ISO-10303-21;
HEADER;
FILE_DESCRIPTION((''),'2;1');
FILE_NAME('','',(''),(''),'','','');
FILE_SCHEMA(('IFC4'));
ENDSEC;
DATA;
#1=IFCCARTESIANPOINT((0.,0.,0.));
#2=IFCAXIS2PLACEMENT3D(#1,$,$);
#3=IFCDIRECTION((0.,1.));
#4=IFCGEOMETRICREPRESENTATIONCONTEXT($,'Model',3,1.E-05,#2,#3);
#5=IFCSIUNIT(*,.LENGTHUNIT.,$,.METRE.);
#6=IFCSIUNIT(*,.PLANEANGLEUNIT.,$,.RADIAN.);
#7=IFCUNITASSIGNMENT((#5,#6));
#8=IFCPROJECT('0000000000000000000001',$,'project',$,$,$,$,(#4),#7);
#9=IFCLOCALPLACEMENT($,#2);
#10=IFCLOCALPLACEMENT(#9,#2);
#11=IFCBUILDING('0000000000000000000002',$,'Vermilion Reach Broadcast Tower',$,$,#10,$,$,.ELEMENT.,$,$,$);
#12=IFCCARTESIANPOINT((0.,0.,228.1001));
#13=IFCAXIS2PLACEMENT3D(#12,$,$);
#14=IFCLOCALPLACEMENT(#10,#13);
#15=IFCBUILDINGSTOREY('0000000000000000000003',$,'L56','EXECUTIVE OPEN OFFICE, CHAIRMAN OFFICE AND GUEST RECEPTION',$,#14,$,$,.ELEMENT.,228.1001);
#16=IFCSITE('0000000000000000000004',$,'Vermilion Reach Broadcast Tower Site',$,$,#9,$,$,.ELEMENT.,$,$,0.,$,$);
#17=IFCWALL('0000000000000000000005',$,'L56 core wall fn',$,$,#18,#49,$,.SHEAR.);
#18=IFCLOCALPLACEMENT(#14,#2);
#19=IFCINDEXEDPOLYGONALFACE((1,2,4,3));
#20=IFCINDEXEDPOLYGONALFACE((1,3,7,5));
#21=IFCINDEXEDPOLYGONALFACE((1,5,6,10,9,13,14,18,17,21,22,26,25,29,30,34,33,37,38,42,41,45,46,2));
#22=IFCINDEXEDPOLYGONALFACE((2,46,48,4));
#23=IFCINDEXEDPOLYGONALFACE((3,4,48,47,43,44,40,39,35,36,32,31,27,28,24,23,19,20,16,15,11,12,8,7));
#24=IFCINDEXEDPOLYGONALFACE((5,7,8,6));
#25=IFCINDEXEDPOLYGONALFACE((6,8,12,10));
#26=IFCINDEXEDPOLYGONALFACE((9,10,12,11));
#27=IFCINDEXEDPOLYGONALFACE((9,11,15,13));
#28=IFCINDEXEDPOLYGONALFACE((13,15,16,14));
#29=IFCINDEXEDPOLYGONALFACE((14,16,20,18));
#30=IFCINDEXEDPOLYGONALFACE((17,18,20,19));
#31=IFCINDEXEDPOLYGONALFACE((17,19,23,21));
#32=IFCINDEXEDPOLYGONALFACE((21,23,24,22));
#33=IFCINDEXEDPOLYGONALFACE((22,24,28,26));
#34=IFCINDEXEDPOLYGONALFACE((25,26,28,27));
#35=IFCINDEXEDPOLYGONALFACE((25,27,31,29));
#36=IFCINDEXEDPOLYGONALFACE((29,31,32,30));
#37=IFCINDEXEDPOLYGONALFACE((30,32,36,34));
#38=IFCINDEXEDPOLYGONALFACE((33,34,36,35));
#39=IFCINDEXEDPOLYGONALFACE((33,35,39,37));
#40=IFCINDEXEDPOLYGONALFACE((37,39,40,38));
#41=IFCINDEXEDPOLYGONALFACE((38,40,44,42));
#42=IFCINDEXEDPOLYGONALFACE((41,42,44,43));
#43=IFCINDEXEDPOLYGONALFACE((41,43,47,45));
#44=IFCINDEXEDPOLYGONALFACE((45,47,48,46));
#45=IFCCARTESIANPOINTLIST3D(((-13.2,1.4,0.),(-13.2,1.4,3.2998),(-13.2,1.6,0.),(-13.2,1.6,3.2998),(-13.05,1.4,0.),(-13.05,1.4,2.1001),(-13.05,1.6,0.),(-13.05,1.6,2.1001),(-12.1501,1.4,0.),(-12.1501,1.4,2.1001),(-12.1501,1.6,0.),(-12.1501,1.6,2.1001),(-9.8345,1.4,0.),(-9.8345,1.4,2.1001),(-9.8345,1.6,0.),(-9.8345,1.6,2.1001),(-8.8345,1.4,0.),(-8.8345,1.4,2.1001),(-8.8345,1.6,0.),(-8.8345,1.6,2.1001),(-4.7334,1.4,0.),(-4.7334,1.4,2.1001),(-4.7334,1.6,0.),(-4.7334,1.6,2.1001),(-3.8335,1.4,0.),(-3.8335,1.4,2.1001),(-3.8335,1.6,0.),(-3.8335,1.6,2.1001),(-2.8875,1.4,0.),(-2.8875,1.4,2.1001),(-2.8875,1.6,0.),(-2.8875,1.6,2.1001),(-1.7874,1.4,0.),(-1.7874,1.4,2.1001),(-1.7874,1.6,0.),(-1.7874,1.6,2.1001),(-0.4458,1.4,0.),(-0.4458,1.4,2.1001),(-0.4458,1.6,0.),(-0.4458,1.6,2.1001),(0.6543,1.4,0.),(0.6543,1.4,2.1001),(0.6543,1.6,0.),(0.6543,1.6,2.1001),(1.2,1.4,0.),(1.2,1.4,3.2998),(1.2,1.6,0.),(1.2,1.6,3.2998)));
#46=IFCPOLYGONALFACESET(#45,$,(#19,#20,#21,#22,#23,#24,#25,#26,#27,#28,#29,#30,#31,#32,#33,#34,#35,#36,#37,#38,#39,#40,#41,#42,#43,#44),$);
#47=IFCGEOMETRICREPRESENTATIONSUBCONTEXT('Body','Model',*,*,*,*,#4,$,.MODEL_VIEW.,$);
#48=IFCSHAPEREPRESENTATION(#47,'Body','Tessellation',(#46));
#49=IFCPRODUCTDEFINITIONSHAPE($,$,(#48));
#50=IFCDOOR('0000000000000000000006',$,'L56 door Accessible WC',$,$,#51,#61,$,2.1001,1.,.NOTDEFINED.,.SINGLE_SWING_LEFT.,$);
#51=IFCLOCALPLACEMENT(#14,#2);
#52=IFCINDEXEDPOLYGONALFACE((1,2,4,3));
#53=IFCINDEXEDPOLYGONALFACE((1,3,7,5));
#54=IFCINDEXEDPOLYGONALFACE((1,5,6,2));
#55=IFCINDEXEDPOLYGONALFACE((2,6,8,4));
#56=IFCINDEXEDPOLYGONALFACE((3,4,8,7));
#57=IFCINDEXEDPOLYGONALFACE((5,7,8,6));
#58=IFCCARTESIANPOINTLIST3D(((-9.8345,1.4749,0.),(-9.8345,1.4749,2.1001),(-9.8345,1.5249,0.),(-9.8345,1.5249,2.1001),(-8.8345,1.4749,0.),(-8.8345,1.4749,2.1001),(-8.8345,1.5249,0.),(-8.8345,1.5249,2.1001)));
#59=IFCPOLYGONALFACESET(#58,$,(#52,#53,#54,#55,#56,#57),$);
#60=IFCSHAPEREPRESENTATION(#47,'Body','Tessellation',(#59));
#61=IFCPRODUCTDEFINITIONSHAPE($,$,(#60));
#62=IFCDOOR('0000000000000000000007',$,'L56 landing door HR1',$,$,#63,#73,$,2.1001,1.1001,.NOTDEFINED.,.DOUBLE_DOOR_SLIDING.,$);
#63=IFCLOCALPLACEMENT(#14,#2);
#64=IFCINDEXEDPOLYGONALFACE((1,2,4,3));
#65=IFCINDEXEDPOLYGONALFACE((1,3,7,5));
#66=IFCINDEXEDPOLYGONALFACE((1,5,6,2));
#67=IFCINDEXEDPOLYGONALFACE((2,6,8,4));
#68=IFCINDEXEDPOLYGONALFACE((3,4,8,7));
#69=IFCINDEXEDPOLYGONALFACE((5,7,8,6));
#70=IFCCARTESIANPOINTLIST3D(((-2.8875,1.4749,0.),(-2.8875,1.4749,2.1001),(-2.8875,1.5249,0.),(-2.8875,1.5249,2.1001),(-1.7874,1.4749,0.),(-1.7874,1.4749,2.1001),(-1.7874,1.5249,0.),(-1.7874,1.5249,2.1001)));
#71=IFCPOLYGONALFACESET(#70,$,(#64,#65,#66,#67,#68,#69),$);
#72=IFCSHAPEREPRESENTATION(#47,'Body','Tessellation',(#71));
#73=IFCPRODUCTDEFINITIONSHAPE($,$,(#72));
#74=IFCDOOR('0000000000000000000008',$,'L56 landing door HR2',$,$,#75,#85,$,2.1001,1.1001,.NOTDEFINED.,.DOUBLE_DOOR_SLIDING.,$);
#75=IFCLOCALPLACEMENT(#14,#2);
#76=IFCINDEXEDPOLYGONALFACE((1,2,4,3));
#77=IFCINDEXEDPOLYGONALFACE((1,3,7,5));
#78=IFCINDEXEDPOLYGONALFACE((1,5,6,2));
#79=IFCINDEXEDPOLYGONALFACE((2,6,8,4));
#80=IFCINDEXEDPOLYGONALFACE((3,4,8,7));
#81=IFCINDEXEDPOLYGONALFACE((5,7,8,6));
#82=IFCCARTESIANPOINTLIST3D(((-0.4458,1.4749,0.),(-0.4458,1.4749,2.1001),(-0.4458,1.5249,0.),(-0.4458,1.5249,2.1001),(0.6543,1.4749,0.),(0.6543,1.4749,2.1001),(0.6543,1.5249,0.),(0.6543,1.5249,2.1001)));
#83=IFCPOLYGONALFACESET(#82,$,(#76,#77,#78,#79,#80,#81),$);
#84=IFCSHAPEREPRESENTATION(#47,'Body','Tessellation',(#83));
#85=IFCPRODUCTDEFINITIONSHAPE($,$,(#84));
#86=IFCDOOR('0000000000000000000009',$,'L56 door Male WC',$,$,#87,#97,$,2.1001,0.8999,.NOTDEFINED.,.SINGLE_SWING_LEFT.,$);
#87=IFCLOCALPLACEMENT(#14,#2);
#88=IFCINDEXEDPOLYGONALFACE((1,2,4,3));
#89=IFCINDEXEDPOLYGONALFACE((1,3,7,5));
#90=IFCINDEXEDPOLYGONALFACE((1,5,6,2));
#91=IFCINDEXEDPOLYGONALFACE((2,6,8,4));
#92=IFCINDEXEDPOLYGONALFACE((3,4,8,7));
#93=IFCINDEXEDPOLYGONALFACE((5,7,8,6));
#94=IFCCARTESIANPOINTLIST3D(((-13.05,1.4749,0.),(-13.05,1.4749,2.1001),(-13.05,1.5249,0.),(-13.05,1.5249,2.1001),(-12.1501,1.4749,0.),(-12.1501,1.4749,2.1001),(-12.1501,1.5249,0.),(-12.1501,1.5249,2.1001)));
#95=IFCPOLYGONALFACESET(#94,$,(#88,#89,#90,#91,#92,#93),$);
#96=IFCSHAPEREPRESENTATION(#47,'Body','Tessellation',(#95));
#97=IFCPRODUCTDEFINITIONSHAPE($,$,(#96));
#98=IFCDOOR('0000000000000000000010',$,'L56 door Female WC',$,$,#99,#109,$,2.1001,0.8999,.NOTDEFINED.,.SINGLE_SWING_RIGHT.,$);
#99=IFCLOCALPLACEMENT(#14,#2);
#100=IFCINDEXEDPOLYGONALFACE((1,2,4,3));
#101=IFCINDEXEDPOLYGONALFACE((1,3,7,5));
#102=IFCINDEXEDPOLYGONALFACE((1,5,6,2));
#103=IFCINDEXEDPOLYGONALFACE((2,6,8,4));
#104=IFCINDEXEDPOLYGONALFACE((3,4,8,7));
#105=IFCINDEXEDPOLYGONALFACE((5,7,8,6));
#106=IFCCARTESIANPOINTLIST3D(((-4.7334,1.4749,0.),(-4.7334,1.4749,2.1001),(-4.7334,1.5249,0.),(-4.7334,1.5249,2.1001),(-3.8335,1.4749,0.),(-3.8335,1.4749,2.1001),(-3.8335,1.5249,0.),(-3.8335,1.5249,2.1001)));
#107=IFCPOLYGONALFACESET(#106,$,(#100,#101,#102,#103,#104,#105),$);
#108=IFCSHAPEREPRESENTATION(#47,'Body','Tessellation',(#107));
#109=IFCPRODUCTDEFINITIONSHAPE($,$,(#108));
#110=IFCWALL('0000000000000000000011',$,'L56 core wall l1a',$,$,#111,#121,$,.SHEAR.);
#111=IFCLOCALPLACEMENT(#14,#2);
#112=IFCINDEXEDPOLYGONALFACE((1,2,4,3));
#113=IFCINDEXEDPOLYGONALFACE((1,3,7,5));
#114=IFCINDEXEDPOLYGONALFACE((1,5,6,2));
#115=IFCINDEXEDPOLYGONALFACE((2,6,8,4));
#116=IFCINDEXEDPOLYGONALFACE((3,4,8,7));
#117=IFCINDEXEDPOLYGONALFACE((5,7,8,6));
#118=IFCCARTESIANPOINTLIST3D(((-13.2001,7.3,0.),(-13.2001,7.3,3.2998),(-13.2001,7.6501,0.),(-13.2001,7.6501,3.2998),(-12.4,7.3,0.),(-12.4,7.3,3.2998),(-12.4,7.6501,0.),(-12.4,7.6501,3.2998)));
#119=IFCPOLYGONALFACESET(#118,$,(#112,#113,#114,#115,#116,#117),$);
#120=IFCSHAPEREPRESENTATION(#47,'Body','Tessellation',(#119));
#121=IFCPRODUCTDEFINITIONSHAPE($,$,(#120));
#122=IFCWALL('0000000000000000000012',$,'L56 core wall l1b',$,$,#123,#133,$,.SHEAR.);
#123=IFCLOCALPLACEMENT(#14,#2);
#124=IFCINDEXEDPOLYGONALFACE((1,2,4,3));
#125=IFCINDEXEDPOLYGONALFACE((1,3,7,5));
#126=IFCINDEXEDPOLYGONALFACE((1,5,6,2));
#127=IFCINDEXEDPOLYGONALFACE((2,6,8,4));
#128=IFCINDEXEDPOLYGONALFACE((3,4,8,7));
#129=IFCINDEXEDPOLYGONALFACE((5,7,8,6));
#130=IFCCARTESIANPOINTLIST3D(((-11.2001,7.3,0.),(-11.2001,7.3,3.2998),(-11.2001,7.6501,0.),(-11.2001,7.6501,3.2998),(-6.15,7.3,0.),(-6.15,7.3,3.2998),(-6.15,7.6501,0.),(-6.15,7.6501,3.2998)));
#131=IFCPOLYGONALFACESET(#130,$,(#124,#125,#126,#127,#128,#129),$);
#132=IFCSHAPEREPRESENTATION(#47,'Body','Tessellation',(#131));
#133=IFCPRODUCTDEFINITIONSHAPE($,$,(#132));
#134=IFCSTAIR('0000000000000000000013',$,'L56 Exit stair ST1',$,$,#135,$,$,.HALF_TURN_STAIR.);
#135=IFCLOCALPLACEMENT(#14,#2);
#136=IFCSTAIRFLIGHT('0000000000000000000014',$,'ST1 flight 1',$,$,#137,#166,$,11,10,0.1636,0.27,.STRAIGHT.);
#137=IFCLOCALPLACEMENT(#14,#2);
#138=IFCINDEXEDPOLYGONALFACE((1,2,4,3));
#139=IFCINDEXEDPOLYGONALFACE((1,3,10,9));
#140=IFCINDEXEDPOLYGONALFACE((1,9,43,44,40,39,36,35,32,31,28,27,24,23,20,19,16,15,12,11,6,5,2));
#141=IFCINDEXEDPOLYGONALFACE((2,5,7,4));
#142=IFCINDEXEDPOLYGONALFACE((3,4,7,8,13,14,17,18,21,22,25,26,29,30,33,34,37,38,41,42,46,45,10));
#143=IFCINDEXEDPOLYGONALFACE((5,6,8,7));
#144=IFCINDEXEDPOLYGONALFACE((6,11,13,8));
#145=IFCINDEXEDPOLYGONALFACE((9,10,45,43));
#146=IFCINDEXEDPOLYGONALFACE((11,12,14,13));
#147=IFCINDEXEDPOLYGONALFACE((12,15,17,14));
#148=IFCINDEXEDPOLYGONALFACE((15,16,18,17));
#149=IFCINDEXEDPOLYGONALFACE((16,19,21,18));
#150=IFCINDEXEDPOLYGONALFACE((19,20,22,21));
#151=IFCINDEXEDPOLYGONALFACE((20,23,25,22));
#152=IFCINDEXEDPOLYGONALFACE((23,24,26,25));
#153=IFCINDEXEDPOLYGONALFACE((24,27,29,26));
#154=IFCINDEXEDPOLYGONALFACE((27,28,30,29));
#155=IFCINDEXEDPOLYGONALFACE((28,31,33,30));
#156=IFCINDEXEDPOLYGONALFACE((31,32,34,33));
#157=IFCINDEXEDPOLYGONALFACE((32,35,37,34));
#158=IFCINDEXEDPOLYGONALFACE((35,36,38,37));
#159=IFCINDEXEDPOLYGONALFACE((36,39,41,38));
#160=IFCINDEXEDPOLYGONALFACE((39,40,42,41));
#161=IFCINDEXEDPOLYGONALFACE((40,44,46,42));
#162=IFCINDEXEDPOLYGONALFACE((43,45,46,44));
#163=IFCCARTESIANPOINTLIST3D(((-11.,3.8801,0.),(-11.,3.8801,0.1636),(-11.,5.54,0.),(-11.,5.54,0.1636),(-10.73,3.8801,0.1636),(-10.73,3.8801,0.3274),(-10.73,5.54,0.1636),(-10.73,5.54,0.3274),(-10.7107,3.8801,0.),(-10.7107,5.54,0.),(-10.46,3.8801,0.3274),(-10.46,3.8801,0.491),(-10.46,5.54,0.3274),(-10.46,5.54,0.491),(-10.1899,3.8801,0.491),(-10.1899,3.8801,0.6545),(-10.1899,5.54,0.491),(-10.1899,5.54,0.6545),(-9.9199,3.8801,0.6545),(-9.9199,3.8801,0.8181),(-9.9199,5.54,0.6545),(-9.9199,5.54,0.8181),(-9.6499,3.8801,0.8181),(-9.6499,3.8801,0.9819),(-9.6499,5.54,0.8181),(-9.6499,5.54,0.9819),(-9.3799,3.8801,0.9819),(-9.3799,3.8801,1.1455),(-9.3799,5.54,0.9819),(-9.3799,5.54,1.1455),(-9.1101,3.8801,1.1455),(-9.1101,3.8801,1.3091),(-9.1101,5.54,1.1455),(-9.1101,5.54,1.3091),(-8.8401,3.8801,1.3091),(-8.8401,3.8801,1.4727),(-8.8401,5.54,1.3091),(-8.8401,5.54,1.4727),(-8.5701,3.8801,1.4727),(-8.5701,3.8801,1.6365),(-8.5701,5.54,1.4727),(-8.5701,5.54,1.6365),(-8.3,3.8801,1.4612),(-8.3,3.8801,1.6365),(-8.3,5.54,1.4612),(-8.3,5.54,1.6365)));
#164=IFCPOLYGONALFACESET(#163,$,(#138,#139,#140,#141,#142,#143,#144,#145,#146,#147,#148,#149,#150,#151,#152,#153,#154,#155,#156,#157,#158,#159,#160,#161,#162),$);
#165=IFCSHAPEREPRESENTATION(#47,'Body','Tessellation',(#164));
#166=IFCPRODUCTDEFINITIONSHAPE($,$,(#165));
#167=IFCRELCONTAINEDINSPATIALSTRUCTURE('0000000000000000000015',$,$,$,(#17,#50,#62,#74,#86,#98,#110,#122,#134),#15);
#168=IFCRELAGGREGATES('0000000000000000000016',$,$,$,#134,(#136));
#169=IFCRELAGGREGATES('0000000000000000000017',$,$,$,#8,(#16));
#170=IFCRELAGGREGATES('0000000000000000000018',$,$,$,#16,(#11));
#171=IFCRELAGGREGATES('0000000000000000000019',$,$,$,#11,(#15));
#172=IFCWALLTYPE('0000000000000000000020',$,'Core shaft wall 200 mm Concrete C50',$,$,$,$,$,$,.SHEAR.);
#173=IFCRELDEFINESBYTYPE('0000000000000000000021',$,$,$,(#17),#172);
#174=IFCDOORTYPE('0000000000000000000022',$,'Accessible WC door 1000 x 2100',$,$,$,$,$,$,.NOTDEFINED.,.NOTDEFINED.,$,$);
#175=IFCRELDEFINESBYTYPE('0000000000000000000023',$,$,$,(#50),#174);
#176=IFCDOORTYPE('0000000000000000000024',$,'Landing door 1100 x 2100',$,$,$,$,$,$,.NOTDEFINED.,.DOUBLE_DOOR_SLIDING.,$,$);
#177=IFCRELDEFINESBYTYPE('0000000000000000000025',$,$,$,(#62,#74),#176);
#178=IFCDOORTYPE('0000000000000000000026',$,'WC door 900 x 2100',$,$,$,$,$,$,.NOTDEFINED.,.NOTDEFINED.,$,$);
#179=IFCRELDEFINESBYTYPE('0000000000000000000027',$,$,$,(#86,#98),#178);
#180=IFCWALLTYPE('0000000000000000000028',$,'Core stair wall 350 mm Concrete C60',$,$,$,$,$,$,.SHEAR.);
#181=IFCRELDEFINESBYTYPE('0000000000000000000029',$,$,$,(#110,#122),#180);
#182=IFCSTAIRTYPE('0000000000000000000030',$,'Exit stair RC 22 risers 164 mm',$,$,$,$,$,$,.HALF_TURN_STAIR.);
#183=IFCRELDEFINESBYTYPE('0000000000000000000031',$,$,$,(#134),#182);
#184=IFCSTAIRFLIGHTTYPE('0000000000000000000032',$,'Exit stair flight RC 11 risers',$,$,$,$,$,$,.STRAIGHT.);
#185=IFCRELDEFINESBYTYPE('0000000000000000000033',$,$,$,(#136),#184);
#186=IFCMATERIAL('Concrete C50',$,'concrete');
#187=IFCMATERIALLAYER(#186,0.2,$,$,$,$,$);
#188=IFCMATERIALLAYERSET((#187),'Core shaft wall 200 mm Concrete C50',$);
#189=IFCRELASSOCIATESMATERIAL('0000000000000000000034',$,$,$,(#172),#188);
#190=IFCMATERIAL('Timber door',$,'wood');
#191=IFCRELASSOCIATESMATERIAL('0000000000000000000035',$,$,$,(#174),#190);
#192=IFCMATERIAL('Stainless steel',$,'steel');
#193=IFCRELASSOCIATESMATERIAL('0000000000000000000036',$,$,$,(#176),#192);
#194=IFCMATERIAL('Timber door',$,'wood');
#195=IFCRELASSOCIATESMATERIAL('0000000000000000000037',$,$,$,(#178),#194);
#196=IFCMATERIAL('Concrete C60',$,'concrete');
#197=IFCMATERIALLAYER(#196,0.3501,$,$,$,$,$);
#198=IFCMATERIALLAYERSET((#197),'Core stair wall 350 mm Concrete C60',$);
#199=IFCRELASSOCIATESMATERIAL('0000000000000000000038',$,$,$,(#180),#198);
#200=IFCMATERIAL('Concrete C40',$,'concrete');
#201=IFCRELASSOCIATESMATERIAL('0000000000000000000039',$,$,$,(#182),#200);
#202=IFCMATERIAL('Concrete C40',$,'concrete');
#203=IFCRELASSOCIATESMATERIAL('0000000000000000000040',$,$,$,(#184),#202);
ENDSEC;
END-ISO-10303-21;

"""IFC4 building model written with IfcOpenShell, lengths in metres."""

from ifc_helpers import new_model, si_unit, direction, frame, frame_2d, origin, place, context, subcontext, project, spatial, polyline, rectangle, outline, extrude, material, layer, layer_set, type_object, element, fill, aggregate, save


model = new_model("IFC4")

# Units and contexts
model_context = context("Model", 3, precision=1e-05, world=origin(), true_north=direction((0.0, 1.0)))
body_context = subcontext(model_context, "Body", "Model", "MODEL_VIEW")
ifc_project = project(units=[si_unit("LENGTHUNIT", "METRE"), si_unit("PLANEANGLEUNIT", "RADIAN")], contexts=[model_context])

# Site, building, storey
site_placement = place(None, origin())
site = spatial("IfcSite", under=ifc_project, at=site_placement, Name="Vermilion Reach Broadcast Tower Site", CompositionType="ELEMENT", RefElevation=0.0)
building_placement = place(site_placement, origin())
building = spatial("IfcBuilding", under=site, at=building_placement, Name="Vermilion Reach Broadcast Tower", CompositionType="ELEMENT")
storey_placement = place(building_placement, frame((0.0, 0.0, 228.1001)))
storey = spatial("IfcBuildingStorey", under=building, at=storey_placement, Name="L56", Description="EXECUTIVE OPEN OFFICE, CHAIRMAN OFFICE AND GUEST RECEPTION", CompositionType="ELEMENT", Elevation=228.1001)

# Wall, openings, doors
ifc_material_1 = material(Name="Concrete C50", Category="concrete")
ifc_layer_1 = layer(ifc_material_1, 0.2)
ifc_layer_set_1 = layer_set([ifc_layer_1], Name="Core shaft wall 200 mm Concrete C50")
wall_type_1 = type_object("IfcWallType", Name="Core shaft wall 200 mm Concrete C50", PredefinedType="SHEAR", material=ifc_layer_set_1)
wall_1_placement = place(storey_placement, frame((-13.2, 1.5, 0.0), z_axis=(0.0, 0.0, 1.0), x_axis=(1.0, 0.0, 0.0)))
wall_1 = element("IfcWall", 1, at=wall_1_placement, inside=storey, type_object=wall_type_1, Name="L56 core wall fn", PredefinedType="SHEAR", context=body_context, shape_type="SweptSolid", body=[
    extrude(rectangle(XDim=14.3999, YDim=0.2, at=frame_2d((7.2, 0.0))), origin(), (0.0, 0.0, 1.0), 3.2998),
])
opening_1_placement = place(wall_1_placement, frame((10.3125, 0.0, 0.0)))
opening_1 = element("IfcOpeningElement", 2, at=opening_1_placement, cuts=wall_1, PredefinedType="OPENING", context=body_context, shape_type="SweptSolid", body=[
    extrude(rectangle(XDim=1.1001, YDim=2.1001, at=frame_2d((0.55, 1.05))), frame((0.0, 0.1099, 0.0), z_axis=(0.0, -1.0, 0.0), x_axis=(1.0, 0.0, 0.0)), (0.0, 0.0, 1.0), 0.22),
])
opening_2_placement = place(wall_1_placement, frame((12.7542, 0.0, 0.0)))
opening_2 = element("IfcOpeningElement", 3, at=opening_2_placement, cuts=wall_1, PredefinedType="OPENING", context=body_context, shape_type="SweptSolid", body=[
    extrude(rectangle(XDim=1.1001, YDim=2.1001, at=frame_2d((0.55, 1.05))), frame((0.0, 0.1099, 0.0), z_axis=(0.0, -1.0, 0.0), x_axis=(1.0, 0.0, 0.0)), (0.0, 0.0, 1.0), 0.22),
])
opening_3_placement = place(wall_1_placement, frame((0.1499, 0.0, 0.0)))
opening_3 = element("IfcOpeningElement", 4, at=opening_3_placement, cuts=wall_1, PredefinedType="OPENING", context=body_context, shape_type="SweptSolid", body=[
    extrude(rectangle(XDim=0.8999, YDim=2.1001, at=frame_2d((0.45, 1.05))), frame((0.0, 0.1099, 0.0), z_axis=(0.0, -1.0, 0.0), x_axis=(1.0, 0.0, 0.0)), (0.0, 0.0, 1.0), 0.22),
])
opening_4_placement = place(wall_1_placement, frame((3.3655, 0.0, 0.0)))
opening_4 = element("IfcOpeningElement", 5, at=opening_4_placement, cuts=wall_1, PredefinedType="OPENING", context=body_context, shape_type="SweptSolid", body=[
    extrude(rectangle(XDim=1.0, YDim=2.1001, at=frame_2d((0.5, 1.05))), frame((0.0, 0.1099, 0.0), z_axis=(0.0, -1.0, 0.0), x_axis=(1.0, 0.0, 0.0)), (0.0, 0.0, 1.0), 0.22),
])
opening_5_placement = place(wall_1_placement, frame((8.4666, 0.0, 0.0)))
opening_5 = element("IfcOpeningElement", 6, at=opening_5_placement, cuts=wall_1, PredefinedType="OPENING", context=body_context, shape_type="SweptSolid", body=[
    extrude(rectangle(XDim=0.8999, YDim=2.1001, at=frame_2d((0.45, 1.05))), frame((0.0, 0.1099, 0.0), z_axis=(0.0, -1.0, 0.0), x_axis=(1.0, 0.0, 0.0)), (0.0, 0.0, 1.0), 0.22),
])
ifc_material_2 = material(Name="Timber door", Category="wood")
door_type_1 = type_object("IfcDoorType", Name="Accessible WC door 1000 x 2100", OperationType="NOTDEFINED", PredefinedType="NOTDEFINED", material=ifc_material_2)
door_1_placement = place(opening_4_placement, origin())
door_1 = element("IfcDoor", 7, at=door_1_placement, inside=storey, type_object=door_type_1, Name="L56 door Accessible WC", OperationType="SINGLE_SWING_LEFT", OverallHeight=2.1001, OverallWidth=1.0, PredefinedType="NOTDEFINED", context=body_context, shape_type="SweptSolid", body=[
    extrude(rectangle(XDim=1.0, YDim=2.1001, at=frame_2d((0.5, 1.05))), frame((0.0, 0.0249, 0.0), z_axis=(0.0, -1.0, 0.0), x_axis=(1.0, 0.0, 0.0)), (0.0, 0.0, 1.0), 0.05),
])
fill(opening_4, door_1)
ifc_material_3 = material(Name="Stainless steel", Category="steel")
door_type_2 = type_object("IfcDoorType", Name="Landing door 1100 x 2100", OperationType="DOUBLE_DOOR_SLIDING", PredefinedType="NOTDEFINED", material=ifc_material_3)
door_2_placement = place(opening_1_placement, origin())
door_2 = element("IfcDoor", 8, at=door_2_placement, inside=storey, type_object=door_type_2, Name="L56 landing door HR1", OperationType="DOUBLE_DOOR_SLIDING", OverallHeight=2.1001, OverallWidth=1.1001, PredefinedType="NOTDEFINED", context=body_context, shape_type="SweptSolid", body=[
    extrude(rectangle(XDim=1.1001, YDim=2.1001, at=frame_2d((0.55, 1.05))), frame((0.0, 0.0249, 0.0), z_axis=(0.0, -1.0, 0.0), x_axis=(1.0, 0.0, 0.0)), (0.0, 0.0, 1.0), 0.05),
])
fill(opening_1, door_2)
door_3_placement = place(opening_2_placement, origin())
door_3 = element("IfcDoor", 9, at=door_3_placement, inside=storey, type_object=door_type_2, Name="L56 landing door HR2", OperationType="DOUBLE_DOOR_SLIDING", OverallHeight=2.1001, OverallWidth=1.1001, PredefinedType="NOTDEFINED", context=body_context, shape_type="SweptSolid", body=[
    extrude(rectangle(XDim=1.1001, YDim=2.1001, at=frame_2d((0.55, 1.05))), frame((0.0, 0.0249, 0.0), z_axis=(0.0, -1.0, 0.0), x_axis=(1.0, 0.0, 0.0)), (0.0, 0.0, 1.0), 0.05),
])
fill(opening_2, door_3)
ifc_material_4 = material(Name="Timber door", Category="wood")
door_type_3 = type_object("IfcDoorType", Name="WC door 900 x 2100", OperationType="NOTDEFINED", PredefinedType="NOTDEFINED", material=ifc_material_4)
door_4_placement = place(opening_3_placement, origin())
door_4 = element("IfcDoor", 10, at=door_4_placement, inside=storey, type_object=door_type_3, Name="L56 door Male WC", OperationType="SINGLE_SWING_LEFT", OverallHeight=2.1001, OverallWidth=0.8999, PredefinedType="NOTDEFINED", context=body_context, shape_type="SweptSolid", body=[
    extrude(rectangle(XDim=0.8999, YDim=2.1001, at=frame_2d((0.45, 1.05))), frame((0.0, 0.0249, 0.0), z_axis=(0.0, -1.0, 0.0), x_axis=(1.0, 0.0, 0.0)), (0.0, 0.0, 1.0), 0.05),
])
fill(opening_3, door_4)
door_5_placement = place(opening_5_placement, origin())
door_5 = element("IfcDoor", 11, at=door_5_placement, inside=storey, type_object=door_type_3, Name="L56 door Female WC", OperationType="SINGLE_SWING_RIGHT", OverallHeight=2.1001, OverallWidth=0.8999, PredefinedType="NOTDEFINED", context=body_context, shape_type="SweptSolid", body=[
    extrude(rectangle(XDim=0.8999, YDim=2.1001, at=frame_2d((0.45, 1.05))), frame((0.0, 0.0249, 0.0), z_axis=(0.0, -1.0, 0.0), x_axis=(1.0, 0.0, 0.0)), (0.0, 0.0, 1.0), 0.05),
])
fill(opening_5, door_5)

# Walls
ifc_material_5 = material(Name="Concrete C60", Category="concrete")
ifc_layer_2 = layer(ifc_material_5, 0.3501)
ifc_layer_set_2 = layer_set([ifc_layer_2], Name="Core stair wall 350 mm Concrete C60")
wall_type_2 = type_object("IfcWallType", Name="Core stair wall 350 mm Concrete C60", PredefinedType="SHEAR", material=ifc_layer_set_2)
wall_2_placement = place(storey_placement, frame((-13.2, 7.4751, 0.0), z_axis=(0.0, 0.0, 1.0), x_axis=(1.0, 0.0, 0.0)))
element("IfcWall", 12, at=wall_2_placement, inside=storey, type_object=wall_type_2, Name="L56 core wall l1a", PredefinedType="SHEAR", context=body_context, shape_type="SweptSolid", body=[
    extrude(rectangle(XDim=0.8, YDim=0.3501, at=frame_2d((0.3999, 0.0))), origin(), (0.0, 0.0, 1.0), 3.2998),
])
wall_3_placement = place(storey_placement, frame((-11.2, 7.4751, 0.0), z_axis=(0.0, 0.0, 1.0), x_axis=(1.0, 0.0, 0.0)))
element("IfcWall", 13, at=wall_3_placement, inside=storey, type_object=wall_type_2, Name="L56 core wall l1b", PredefinedType="SHEAR", context=body_context, shape_type="SweptSolid", body=[
    extrude(rectangle(XDim=5.05, YDim=0.3501, at=frame_2d((2.5249, 0.0))), origin(), (0.0, 0.0, 1.0), 3.2998),
])

# Stair, stair flight
ifc_material_6 = material(Name="Concrete C40", Category="concrete")
stair_type = type_object("IfcStairType", Name="Exit stair RC 22 risers 164 mm", PredefinedType="HALF_TURN_STAIR", material=ifc_material_6)
stair_placement = place(storey_placement, origin())
stair = element("IfcStair", 14, at=stair_placement, inside=storey, type_object=stair_type, Name="L56 Exit stair ST1", PredefinedType="HALF_TURN_STAIR")
ifc_material_7 = material(Name="Concrete C40", Category="concrete")
stair_flight_type = type_object("IfcStairFlightType", Name="Exit stair flight RC 11 risers", PredefinedType="STRAIGHT", material=ifc_material_7)
stair_flight_1_placement = place(storey_placement, frame((-11.0, 4.71, 0.0), z_axis=(0.0, 0.0, 1.0), x_axis=(1.0, 0.0, 0.0)))
stair_flight_1 = element("IfcStairFlight", 15, at=stair_flight_1_placement, type_object=stair_flight_type, Name="ST1 flight 1", NumberOfRisers=11, NumberOfTreads=10, PredefinedType="STRAIGHT", RiserHeight=0.1636, TreadLength=0.27, context=body_context, shape_type="SweptSolid", body=[
    extrude(outline(polyline([(0.0, 0.0), (0.0, 0.1636), (0.27, 0.1636), (0.27, 0.3274), (0.54, 0.3274), (0.54, 0.491), (0.8101, 0.491), (0.8101, 0.6545), (1.0801, 0.6545), (1.0801, 0.8181), (1.3501, 0.8181), (1.3501, 0.9819), (1.6201, 0.9819), (1.6201, 1.1455), (1.8899, 1.1455), (1.8899, 1.3091), (2.1599, 1.3091), (2.1599, 1.4727), (2.4299, 1.4727), (2.4299, 1.6365), (2.7, 1.6365), (2.7, 1.8), (2.7, 1.4612), (0.2893, 0.0), (0.0, 0.0)])), frame((0.0, 0.8301, 0.0), z_axis=(0.0, -1.0, 0.0), x_axis=(1.0, 0.0, 0.0)), (0.0, 0.0, 1.0), 1.6599),
])
aggregate(stair, [stair_flight_1])

save(model, "model.ifc")
